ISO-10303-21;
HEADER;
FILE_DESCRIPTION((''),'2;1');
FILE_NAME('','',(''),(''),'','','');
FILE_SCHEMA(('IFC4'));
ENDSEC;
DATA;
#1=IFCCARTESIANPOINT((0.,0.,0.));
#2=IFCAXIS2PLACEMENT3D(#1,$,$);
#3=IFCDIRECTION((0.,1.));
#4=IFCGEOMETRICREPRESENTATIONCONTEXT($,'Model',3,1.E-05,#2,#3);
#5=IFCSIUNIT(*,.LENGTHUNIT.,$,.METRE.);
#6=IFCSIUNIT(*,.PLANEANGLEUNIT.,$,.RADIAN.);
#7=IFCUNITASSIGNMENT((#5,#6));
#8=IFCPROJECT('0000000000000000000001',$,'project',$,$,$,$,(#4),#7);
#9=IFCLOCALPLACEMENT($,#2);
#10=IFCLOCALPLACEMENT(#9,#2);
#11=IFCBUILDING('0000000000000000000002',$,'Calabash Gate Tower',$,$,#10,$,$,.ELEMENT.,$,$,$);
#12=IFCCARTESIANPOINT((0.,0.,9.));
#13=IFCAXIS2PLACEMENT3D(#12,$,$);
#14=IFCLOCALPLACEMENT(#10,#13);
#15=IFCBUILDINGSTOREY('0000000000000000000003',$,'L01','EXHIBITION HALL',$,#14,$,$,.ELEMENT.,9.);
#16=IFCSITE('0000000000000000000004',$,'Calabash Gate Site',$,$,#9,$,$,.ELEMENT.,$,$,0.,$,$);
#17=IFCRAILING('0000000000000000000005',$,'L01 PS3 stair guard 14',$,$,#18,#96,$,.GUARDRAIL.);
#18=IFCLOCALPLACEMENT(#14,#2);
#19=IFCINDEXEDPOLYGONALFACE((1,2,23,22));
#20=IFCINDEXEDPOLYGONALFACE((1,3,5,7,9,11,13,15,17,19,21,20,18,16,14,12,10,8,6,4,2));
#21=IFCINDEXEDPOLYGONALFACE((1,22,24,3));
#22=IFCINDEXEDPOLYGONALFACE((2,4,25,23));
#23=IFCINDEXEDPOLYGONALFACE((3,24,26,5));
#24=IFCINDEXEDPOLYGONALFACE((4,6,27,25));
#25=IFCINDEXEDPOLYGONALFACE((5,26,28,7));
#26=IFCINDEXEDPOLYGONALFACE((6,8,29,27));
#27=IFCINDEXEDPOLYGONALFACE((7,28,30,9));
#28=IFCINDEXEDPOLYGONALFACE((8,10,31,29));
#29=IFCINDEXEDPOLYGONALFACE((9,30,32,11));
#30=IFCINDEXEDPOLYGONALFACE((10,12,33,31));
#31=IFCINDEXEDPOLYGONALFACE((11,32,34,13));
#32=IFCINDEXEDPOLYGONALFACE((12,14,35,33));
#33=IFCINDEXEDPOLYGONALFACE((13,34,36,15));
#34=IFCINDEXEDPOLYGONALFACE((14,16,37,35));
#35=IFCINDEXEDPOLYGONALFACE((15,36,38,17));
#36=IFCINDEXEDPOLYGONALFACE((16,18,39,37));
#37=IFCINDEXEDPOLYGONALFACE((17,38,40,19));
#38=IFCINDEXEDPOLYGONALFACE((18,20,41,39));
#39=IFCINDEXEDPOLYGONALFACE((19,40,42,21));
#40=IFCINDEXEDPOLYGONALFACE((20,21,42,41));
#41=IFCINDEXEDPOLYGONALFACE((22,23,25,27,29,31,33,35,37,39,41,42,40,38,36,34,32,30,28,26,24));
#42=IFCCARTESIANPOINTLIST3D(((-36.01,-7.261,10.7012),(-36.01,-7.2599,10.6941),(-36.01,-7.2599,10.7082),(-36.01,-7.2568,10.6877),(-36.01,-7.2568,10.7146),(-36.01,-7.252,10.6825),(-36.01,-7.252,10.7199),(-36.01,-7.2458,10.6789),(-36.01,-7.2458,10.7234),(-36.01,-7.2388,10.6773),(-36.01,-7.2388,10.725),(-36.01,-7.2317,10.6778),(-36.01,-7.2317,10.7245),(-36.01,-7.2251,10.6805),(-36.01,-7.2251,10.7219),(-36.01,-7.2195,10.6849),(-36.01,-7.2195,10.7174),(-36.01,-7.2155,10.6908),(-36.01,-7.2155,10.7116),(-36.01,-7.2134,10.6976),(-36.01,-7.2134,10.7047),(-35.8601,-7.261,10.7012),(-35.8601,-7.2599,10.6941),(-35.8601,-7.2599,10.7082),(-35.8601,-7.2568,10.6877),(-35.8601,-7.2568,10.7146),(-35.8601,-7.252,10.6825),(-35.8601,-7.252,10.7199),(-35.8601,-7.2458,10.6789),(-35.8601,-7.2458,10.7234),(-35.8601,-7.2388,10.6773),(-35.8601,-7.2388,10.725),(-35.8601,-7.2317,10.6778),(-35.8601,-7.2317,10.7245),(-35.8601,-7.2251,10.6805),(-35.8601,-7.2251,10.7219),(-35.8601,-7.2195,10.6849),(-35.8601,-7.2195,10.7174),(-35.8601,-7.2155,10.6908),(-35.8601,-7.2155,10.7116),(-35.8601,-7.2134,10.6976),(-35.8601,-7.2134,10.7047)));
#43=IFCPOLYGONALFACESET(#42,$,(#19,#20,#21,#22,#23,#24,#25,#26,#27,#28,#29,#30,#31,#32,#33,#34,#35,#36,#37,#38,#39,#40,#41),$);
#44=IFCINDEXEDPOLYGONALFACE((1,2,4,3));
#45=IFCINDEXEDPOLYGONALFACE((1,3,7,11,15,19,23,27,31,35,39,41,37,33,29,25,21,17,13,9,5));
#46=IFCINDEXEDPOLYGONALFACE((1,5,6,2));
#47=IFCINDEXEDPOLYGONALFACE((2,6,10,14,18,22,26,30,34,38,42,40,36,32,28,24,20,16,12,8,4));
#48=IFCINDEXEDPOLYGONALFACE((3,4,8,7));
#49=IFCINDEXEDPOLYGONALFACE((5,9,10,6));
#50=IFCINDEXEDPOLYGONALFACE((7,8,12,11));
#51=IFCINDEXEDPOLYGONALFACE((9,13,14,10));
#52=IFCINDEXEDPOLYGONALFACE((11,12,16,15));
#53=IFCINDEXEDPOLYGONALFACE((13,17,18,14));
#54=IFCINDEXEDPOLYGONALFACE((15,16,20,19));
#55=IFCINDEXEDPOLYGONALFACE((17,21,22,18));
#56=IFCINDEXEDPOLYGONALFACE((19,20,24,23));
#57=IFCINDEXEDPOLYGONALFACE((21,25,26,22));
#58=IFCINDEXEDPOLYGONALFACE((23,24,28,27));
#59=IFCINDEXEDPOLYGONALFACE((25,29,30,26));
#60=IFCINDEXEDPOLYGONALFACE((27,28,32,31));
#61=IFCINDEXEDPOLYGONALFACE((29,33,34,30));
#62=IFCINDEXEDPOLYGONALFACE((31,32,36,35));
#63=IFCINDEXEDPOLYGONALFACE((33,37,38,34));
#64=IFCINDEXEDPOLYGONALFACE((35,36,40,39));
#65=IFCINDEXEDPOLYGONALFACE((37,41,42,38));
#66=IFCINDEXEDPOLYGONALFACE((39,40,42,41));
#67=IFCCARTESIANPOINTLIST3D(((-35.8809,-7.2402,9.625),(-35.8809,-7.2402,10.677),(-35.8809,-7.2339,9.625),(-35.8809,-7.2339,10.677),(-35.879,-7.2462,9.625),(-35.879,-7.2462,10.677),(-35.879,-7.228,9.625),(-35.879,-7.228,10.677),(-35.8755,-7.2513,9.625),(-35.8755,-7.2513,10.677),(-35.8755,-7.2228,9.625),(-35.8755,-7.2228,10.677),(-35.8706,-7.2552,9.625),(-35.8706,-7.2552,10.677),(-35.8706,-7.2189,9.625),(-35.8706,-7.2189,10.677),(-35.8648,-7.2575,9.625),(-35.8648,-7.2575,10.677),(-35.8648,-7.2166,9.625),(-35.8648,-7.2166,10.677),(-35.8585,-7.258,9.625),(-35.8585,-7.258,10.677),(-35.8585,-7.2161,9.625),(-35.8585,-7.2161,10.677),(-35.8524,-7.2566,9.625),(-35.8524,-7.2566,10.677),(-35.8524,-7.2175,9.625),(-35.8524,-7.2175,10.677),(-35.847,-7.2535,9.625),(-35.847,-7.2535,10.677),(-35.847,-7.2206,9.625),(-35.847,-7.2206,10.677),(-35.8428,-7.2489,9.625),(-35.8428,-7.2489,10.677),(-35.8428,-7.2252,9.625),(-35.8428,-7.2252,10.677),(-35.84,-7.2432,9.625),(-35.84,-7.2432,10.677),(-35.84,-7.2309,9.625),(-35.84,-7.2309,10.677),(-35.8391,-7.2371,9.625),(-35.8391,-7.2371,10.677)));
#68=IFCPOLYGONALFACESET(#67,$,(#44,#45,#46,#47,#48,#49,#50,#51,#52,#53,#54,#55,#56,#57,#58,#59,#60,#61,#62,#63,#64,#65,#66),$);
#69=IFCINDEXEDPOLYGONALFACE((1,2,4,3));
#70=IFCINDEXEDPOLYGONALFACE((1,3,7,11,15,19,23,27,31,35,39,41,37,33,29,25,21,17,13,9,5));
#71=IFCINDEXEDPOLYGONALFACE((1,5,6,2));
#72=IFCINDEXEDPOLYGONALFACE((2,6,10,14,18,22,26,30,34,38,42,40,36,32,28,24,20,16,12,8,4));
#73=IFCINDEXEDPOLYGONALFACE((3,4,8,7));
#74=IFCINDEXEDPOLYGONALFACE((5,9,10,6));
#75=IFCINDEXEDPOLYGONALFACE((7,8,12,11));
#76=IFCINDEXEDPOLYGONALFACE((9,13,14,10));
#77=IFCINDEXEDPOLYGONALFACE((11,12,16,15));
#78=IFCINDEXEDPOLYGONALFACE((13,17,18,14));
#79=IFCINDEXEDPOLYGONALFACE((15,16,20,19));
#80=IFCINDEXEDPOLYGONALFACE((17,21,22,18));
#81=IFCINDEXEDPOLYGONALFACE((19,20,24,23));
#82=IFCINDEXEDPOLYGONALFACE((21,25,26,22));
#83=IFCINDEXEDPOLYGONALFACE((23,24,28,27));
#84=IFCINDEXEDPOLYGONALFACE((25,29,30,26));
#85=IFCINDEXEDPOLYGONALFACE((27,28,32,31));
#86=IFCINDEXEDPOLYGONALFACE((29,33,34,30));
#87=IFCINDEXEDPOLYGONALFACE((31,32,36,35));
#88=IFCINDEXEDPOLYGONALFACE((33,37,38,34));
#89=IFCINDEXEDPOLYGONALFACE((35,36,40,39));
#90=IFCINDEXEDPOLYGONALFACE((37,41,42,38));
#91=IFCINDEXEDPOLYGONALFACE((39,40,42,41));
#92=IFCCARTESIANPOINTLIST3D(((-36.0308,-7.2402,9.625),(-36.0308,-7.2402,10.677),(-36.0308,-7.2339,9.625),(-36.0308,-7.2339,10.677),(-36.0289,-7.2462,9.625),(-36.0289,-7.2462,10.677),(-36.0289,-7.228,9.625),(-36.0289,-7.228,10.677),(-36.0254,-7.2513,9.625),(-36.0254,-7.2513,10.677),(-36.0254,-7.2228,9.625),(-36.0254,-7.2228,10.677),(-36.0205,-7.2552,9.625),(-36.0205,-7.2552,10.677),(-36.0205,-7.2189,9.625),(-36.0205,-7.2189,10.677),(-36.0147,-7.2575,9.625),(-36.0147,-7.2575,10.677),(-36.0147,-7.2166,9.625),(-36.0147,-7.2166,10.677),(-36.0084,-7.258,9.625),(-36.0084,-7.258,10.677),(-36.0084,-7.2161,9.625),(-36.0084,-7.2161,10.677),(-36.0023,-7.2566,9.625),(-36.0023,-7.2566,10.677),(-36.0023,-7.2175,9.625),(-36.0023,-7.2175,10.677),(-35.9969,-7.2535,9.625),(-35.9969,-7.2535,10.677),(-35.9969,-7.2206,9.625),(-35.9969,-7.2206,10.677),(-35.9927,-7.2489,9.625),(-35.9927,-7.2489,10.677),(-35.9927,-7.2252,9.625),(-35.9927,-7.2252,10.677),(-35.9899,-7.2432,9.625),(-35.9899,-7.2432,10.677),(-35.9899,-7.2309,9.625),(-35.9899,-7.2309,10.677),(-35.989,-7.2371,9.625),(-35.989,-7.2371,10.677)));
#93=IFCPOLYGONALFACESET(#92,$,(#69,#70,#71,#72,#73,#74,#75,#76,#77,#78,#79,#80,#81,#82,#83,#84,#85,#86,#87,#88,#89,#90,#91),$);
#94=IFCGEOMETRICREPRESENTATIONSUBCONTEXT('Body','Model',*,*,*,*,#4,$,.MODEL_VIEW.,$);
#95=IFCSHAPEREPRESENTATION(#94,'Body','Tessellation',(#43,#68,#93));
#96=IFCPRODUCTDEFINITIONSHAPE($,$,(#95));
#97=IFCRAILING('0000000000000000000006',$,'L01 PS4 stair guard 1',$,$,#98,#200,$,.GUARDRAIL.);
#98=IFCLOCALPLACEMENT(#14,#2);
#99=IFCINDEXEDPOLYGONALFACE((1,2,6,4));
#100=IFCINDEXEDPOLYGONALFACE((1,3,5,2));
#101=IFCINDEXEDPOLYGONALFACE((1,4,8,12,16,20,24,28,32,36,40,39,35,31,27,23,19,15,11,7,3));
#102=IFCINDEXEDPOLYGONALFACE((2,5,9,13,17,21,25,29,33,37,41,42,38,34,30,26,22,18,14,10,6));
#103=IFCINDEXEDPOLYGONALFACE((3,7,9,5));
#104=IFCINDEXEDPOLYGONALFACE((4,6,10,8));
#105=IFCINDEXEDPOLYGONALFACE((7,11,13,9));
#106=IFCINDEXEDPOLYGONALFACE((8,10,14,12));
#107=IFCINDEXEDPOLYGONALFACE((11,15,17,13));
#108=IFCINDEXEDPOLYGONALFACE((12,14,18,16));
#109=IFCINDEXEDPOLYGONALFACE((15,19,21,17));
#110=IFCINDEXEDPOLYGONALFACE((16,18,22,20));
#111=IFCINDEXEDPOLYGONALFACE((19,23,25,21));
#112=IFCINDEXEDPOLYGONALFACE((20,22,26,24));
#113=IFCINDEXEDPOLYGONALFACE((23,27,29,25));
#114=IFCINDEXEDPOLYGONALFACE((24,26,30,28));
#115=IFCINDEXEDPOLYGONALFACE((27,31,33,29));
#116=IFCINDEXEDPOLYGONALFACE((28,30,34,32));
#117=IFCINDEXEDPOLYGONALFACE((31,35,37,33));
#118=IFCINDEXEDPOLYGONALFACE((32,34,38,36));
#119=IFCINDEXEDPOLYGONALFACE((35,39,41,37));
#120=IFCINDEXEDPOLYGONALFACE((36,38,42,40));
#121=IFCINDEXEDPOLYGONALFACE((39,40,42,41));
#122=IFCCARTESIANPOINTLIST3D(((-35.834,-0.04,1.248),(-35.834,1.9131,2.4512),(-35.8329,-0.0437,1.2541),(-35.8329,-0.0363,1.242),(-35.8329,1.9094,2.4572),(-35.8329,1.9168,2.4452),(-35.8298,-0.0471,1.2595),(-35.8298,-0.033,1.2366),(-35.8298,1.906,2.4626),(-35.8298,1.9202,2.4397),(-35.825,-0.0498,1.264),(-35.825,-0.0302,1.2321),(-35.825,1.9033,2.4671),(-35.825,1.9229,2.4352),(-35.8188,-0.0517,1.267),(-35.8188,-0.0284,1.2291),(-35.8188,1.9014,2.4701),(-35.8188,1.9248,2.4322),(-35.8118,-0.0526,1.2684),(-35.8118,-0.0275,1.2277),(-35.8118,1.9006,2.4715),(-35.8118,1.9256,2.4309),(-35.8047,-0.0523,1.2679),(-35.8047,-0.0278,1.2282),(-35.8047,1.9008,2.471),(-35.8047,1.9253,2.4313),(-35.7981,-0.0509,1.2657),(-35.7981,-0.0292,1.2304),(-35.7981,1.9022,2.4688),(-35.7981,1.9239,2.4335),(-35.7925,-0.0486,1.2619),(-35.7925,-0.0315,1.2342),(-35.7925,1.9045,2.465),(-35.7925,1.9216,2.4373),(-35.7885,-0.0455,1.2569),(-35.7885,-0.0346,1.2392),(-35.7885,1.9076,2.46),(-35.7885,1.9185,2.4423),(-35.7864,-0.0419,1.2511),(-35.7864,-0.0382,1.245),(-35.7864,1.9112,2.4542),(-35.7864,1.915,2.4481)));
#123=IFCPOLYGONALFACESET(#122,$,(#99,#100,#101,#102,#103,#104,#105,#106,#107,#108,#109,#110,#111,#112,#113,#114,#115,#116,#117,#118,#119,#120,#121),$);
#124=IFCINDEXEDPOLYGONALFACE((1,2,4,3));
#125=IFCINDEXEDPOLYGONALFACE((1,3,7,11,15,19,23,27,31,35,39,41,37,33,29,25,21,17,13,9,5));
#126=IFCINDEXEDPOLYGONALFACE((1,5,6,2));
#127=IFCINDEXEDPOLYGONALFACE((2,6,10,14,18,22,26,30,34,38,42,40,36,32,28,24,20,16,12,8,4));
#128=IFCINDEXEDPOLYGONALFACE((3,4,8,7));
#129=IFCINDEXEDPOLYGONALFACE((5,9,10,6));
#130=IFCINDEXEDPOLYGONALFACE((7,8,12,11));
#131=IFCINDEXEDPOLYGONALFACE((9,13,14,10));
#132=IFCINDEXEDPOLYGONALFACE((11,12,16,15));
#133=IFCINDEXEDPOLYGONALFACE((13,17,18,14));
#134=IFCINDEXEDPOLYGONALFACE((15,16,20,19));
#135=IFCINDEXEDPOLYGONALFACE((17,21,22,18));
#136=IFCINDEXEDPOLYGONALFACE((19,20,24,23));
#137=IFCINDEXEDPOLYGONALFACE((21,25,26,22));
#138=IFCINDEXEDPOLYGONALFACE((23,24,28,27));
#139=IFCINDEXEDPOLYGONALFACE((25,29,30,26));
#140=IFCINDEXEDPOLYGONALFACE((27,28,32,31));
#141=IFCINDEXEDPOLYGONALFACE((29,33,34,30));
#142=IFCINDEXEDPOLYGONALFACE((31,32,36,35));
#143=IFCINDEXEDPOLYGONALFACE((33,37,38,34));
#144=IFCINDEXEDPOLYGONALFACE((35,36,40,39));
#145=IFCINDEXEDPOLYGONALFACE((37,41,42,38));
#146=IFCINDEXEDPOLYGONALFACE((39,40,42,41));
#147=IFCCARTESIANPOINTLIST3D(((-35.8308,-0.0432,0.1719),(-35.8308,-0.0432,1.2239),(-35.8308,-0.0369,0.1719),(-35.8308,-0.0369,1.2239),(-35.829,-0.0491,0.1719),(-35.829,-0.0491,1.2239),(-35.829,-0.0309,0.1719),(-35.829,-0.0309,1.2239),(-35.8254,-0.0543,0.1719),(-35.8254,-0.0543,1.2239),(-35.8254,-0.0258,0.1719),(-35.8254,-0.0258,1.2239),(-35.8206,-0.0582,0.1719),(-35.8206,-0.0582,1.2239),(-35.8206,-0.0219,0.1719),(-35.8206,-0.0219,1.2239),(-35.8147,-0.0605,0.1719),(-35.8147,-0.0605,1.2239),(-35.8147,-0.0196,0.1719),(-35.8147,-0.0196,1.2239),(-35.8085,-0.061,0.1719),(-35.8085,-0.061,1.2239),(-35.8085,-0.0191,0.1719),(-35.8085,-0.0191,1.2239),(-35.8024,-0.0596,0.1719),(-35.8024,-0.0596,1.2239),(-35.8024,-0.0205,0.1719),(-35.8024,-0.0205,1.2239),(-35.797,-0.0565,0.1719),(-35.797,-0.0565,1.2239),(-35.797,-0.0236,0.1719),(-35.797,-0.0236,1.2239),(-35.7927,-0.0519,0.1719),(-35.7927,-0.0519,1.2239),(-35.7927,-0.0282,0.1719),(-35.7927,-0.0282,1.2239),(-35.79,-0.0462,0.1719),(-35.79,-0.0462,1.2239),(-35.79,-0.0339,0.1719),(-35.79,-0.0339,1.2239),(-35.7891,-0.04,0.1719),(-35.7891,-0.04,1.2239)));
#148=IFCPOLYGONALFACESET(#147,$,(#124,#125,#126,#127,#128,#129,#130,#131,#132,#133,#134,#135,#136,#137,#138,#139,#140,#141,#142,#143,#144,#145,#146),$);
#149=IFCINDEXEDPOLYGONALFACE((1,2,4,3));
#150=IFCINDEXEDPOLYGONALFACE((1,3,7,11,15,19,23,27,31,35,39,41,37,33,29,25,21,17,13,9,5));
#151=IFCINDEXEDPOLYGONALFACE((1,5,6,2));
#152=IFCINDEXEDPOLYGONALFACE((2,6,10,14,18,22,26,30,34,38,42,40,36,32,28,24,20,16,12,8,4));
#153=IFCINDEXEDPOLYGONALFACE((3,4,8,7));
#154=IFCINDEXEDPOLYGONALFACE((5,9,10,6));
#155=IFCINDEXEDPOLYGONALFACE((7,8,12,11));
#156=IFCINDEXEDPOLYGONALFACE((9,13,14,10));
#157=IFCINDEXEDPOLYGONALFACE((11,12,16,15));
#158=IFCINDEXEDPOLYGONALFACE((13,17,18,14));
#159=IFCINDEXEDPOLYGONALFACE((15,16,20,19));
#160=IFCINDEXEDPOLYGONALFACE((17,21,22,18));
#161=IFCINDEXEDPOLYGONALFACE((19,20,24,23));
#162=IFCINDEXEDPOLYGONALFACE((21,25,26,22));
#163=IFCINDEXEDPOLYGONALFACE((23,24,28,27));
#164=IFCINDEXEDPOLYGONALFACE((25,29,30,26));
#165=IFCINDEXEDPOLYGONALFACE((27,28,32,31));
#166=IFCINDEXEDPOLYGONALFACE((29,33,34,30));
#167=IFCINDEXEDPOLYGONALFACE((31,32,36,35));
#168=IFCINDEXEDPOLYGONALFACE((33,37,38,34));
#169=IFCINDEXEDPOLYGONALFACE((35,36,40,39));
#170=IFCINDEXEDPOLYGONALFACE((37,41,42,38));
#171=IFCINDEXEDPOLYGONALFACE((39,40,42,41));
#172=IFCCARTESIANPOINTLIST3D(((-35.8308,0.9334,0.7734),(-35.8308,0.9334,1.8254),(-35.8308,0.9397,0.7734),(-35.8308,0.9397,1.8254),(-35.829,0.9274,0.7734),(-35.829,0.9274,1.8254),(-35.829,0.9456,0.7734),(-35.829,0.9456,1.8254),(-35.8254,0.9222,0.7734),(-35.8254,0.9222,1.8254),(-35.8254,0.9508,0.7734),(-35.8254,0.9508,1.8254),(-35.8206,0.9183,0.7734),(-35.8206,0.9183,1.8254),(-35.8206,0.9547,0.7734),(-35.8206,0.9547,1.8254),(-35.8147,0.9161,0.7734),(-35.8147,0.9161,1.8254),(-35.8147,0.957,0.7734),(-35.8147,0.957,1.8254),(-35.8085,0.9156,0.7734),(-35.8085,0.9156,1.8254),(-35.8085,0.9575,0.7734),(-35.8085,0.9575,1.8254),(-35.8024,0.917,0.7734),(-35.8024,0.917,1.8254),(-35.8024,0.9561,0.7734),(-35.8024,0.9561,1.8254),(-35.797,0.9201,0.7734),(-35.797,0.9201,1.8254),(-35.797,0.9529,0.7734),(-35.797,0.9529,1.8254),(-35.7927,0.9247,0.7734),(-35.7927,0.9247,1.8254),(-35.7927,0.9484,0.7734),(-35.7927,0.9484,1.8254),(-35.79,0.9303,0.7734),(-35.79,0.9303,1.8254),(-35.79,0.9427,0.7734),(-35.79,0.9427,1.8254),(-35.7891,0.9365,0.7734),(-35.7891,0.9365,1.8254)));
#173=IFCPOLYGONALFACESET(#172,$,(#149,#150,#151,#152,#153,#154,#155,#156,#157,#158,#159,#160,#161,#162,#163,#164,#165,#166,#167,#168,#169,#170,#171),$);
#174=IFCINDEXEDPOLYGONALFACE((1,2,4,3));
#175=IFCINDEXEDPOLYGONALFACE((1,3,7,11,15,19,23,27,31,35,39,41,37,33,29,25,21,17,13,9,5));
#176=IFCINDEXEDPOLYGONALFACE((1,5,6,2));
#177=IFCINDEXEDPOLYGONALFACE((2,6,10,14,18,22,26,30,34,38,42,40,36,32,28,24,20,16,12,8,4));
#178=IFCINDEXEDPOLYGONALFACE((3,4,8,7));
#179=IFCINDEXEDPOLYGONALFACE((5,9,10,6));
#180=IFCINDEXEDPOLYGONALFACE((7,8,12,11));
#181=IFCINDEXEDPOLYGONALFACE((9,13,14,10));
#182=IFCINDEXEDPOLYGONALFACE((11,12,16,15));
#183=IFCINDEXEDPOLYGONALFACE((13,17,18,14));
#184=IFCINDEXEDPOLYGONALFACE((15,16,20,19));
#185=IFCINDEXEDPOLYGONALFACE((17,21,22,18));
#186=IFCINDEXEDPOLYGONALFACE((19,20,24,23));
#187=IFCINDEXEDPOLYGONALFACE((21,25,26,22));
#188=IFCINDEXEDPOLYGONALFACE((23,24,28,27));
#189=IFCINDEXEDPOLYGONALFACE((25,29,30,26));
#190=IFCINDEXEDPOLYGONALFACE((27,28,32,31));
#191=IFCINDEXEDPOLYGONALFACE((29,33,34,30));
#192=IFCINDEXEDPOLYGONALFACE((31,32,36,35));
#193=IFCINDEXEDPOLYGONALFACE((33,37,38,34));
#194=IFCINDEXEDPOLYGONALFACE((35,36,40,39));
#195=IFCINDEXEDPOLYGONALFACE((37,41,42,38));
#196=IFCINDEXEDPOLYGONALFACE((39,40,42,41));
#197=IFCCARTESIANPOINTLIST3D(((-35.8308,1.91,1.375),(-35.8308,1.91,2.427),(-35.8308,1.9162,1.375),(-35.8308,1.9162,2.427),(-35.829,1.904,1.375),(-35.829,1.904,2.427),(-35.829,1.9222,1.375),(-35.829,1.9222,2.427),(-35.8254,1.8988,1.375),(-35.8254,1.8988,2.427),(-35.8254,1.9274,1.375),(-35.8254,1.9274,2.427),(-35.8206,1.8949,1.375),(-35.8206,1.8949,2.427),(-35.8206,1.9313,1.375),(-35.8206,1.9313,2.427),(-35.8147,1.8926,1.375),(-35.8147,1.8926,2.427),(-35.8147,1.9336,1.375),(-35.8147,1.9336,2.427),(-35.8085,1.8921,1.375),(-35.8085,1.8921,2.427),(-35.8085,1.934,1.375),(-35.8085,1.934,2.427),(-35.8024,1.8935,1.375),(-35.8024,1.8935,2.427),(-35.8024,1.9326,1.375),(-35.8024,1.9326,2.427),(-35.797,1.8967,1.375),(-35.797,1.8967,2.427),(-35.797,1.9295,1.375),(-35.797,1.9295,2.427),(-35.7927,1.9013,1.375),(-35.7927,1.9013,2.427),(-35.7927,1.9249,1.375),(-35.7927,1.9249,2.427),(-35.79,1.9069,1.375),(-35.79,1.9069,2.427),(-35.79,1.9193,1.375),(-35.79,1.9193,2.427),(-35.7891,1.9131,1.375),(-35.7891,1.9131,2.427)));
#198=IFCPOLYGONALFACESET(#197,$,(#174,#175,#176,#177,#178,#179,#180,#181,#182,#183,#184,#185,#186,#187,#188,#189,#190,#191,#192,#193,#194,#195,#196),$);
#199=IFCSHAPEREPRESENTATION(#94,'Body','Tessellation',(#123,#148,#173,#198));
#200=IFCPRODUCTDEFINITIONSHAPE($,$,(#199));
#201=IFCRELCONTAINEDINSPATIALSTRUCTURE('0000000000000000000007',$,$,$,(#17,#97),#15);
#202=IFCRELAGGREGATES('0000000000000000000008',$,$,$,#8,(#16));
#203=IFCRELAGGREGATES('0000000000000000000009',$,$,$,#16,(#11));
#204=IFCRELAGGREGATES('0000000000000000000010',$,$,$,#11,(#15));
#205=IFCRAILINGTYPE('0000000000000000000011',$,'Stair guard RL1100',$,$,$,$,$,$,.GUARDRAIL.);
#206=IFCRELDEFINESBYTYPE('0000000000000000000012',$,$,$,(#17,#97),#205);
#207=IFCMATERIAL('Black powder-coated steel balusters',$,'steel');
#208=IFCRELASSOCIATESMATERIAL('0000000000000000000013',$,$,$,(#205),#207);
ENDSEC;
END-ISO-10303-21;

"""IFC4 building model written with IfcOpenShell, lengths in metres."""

from ifc_helpers import new_model, si_unit, direction, frame, origin, origin_2d, place, context, subcontext, project, spatial, circle, extrude, material, type_object, element, save


model = new_model("IFC4")

# Units and contexts
model_context = context("Model", 3, precision=1e-05, world=origin(), true_north=direction((0.0, 1.0)))
body_context = subcontext(model_context, "Body", "Model", "MODEL_VIEW")
ifc_project = project(units=[si_unit("LENGTHUNIT", "METRE"), si_unit("PLANEANGLEUNIT", "RADIAN")], contexts=[model_context])

# Site, building, storey
site_placement = place(None, origin())
site = spatial("IfcSite", under=ifc_project, at=site_placement, Name="Calabash Gate Site", CompositionType="ELEMENT", RefElevation=0.0)
building_placement = place(site_placement, origin())
building = spatial("IfcBuilding", under=site, at=building_placement, Name="Calabash Gate Tower", CompositionType="ELEMENT")
storey_placement = place(building_placement, frame((0.0, 0.0, 9.0)))
storey = spatial("IfcBuildingStorey", under=building, at=storey_placement, Name="L01", Description="EXHIBITION HALL", CompositionType="ELEMENT", Elevation=9.0)

# Railings
ifc_material_1 = material(Name="Black powder-coated steel balusters", Category="steel")
railing_type_1 = type_object("IfcRailingType", Name="Stair guard RL1100", PredefinedType="GUARDRAIL", material=ifc_material_1)
railing_1_placement = place(storey_placement, frame((-35.8601, -7.2371, 9.625)))
element("IfcRailing", 1, at=railing_1_placement, inside=storey, type_object=railing_type_1, Name="L01 PS3 stair guard 14", PredefinedType="GUARDRAIL", context=body_context, shape_type="SweptSolid", body=[
    extrude(circle(Radius=0.0239, at=origin_2d()), frame((0.0, 0.0, 1.0762), z_axis=(-1.0, 0.0, 0.0), x_axis=(0.0, -1.0, 0.0)), (0.0, 0.0, 1.0), 0.1499),
    extrude(circle(Radius=0.021, at=origin_2d()), origin(), (0.0, 0.0, 1.0), 1.052),
    extrude(circle(Radius=0.021, at=origin_2d()), frame((-0.1499, 0.0, 0.0)), (0.0, 0.0, 1.0), 1.052),
])
railing_2_placement = place(storey_placement, frame((-35.8101, -0.04, 0.1719)))
element("IfcRailing", 2, at=railing_2_placement, inside=storey, type_object=railing_type_1, Name="L01 PS4 stair guard 1", PredefinedType="GUARDRAIL", context=body_context, shape_type="SweptSolid", body=[
    extrude(circle(Radius=0.0239, at=origin_2d()), frame((0.0, 0.0, 1.0762), z_axis=(0.0, 0.851424, 0.524477), x_axis=(-1.0, 0.0, 0.0)), (0.0, 0.0, 1.0), 2.2939),
    extrude(circle(Radius=0.021, at=origin_2d()), origin(), (0.0, 0.0, 1.0), 1.052),
    extrude(circle(Radius=0.021, at=origin_2d()), frame((0.0, 0.9766, 0.6016)), (0.0, 0.0, 1.0), 1.052),
    extrude(circle(Radius=0.021, at=origin_2d()), frame((0.0, 1.9531, 1.2031)), (0.0, 0.0, 1.0), 1.052),
])

save(model, "model.ifc")
